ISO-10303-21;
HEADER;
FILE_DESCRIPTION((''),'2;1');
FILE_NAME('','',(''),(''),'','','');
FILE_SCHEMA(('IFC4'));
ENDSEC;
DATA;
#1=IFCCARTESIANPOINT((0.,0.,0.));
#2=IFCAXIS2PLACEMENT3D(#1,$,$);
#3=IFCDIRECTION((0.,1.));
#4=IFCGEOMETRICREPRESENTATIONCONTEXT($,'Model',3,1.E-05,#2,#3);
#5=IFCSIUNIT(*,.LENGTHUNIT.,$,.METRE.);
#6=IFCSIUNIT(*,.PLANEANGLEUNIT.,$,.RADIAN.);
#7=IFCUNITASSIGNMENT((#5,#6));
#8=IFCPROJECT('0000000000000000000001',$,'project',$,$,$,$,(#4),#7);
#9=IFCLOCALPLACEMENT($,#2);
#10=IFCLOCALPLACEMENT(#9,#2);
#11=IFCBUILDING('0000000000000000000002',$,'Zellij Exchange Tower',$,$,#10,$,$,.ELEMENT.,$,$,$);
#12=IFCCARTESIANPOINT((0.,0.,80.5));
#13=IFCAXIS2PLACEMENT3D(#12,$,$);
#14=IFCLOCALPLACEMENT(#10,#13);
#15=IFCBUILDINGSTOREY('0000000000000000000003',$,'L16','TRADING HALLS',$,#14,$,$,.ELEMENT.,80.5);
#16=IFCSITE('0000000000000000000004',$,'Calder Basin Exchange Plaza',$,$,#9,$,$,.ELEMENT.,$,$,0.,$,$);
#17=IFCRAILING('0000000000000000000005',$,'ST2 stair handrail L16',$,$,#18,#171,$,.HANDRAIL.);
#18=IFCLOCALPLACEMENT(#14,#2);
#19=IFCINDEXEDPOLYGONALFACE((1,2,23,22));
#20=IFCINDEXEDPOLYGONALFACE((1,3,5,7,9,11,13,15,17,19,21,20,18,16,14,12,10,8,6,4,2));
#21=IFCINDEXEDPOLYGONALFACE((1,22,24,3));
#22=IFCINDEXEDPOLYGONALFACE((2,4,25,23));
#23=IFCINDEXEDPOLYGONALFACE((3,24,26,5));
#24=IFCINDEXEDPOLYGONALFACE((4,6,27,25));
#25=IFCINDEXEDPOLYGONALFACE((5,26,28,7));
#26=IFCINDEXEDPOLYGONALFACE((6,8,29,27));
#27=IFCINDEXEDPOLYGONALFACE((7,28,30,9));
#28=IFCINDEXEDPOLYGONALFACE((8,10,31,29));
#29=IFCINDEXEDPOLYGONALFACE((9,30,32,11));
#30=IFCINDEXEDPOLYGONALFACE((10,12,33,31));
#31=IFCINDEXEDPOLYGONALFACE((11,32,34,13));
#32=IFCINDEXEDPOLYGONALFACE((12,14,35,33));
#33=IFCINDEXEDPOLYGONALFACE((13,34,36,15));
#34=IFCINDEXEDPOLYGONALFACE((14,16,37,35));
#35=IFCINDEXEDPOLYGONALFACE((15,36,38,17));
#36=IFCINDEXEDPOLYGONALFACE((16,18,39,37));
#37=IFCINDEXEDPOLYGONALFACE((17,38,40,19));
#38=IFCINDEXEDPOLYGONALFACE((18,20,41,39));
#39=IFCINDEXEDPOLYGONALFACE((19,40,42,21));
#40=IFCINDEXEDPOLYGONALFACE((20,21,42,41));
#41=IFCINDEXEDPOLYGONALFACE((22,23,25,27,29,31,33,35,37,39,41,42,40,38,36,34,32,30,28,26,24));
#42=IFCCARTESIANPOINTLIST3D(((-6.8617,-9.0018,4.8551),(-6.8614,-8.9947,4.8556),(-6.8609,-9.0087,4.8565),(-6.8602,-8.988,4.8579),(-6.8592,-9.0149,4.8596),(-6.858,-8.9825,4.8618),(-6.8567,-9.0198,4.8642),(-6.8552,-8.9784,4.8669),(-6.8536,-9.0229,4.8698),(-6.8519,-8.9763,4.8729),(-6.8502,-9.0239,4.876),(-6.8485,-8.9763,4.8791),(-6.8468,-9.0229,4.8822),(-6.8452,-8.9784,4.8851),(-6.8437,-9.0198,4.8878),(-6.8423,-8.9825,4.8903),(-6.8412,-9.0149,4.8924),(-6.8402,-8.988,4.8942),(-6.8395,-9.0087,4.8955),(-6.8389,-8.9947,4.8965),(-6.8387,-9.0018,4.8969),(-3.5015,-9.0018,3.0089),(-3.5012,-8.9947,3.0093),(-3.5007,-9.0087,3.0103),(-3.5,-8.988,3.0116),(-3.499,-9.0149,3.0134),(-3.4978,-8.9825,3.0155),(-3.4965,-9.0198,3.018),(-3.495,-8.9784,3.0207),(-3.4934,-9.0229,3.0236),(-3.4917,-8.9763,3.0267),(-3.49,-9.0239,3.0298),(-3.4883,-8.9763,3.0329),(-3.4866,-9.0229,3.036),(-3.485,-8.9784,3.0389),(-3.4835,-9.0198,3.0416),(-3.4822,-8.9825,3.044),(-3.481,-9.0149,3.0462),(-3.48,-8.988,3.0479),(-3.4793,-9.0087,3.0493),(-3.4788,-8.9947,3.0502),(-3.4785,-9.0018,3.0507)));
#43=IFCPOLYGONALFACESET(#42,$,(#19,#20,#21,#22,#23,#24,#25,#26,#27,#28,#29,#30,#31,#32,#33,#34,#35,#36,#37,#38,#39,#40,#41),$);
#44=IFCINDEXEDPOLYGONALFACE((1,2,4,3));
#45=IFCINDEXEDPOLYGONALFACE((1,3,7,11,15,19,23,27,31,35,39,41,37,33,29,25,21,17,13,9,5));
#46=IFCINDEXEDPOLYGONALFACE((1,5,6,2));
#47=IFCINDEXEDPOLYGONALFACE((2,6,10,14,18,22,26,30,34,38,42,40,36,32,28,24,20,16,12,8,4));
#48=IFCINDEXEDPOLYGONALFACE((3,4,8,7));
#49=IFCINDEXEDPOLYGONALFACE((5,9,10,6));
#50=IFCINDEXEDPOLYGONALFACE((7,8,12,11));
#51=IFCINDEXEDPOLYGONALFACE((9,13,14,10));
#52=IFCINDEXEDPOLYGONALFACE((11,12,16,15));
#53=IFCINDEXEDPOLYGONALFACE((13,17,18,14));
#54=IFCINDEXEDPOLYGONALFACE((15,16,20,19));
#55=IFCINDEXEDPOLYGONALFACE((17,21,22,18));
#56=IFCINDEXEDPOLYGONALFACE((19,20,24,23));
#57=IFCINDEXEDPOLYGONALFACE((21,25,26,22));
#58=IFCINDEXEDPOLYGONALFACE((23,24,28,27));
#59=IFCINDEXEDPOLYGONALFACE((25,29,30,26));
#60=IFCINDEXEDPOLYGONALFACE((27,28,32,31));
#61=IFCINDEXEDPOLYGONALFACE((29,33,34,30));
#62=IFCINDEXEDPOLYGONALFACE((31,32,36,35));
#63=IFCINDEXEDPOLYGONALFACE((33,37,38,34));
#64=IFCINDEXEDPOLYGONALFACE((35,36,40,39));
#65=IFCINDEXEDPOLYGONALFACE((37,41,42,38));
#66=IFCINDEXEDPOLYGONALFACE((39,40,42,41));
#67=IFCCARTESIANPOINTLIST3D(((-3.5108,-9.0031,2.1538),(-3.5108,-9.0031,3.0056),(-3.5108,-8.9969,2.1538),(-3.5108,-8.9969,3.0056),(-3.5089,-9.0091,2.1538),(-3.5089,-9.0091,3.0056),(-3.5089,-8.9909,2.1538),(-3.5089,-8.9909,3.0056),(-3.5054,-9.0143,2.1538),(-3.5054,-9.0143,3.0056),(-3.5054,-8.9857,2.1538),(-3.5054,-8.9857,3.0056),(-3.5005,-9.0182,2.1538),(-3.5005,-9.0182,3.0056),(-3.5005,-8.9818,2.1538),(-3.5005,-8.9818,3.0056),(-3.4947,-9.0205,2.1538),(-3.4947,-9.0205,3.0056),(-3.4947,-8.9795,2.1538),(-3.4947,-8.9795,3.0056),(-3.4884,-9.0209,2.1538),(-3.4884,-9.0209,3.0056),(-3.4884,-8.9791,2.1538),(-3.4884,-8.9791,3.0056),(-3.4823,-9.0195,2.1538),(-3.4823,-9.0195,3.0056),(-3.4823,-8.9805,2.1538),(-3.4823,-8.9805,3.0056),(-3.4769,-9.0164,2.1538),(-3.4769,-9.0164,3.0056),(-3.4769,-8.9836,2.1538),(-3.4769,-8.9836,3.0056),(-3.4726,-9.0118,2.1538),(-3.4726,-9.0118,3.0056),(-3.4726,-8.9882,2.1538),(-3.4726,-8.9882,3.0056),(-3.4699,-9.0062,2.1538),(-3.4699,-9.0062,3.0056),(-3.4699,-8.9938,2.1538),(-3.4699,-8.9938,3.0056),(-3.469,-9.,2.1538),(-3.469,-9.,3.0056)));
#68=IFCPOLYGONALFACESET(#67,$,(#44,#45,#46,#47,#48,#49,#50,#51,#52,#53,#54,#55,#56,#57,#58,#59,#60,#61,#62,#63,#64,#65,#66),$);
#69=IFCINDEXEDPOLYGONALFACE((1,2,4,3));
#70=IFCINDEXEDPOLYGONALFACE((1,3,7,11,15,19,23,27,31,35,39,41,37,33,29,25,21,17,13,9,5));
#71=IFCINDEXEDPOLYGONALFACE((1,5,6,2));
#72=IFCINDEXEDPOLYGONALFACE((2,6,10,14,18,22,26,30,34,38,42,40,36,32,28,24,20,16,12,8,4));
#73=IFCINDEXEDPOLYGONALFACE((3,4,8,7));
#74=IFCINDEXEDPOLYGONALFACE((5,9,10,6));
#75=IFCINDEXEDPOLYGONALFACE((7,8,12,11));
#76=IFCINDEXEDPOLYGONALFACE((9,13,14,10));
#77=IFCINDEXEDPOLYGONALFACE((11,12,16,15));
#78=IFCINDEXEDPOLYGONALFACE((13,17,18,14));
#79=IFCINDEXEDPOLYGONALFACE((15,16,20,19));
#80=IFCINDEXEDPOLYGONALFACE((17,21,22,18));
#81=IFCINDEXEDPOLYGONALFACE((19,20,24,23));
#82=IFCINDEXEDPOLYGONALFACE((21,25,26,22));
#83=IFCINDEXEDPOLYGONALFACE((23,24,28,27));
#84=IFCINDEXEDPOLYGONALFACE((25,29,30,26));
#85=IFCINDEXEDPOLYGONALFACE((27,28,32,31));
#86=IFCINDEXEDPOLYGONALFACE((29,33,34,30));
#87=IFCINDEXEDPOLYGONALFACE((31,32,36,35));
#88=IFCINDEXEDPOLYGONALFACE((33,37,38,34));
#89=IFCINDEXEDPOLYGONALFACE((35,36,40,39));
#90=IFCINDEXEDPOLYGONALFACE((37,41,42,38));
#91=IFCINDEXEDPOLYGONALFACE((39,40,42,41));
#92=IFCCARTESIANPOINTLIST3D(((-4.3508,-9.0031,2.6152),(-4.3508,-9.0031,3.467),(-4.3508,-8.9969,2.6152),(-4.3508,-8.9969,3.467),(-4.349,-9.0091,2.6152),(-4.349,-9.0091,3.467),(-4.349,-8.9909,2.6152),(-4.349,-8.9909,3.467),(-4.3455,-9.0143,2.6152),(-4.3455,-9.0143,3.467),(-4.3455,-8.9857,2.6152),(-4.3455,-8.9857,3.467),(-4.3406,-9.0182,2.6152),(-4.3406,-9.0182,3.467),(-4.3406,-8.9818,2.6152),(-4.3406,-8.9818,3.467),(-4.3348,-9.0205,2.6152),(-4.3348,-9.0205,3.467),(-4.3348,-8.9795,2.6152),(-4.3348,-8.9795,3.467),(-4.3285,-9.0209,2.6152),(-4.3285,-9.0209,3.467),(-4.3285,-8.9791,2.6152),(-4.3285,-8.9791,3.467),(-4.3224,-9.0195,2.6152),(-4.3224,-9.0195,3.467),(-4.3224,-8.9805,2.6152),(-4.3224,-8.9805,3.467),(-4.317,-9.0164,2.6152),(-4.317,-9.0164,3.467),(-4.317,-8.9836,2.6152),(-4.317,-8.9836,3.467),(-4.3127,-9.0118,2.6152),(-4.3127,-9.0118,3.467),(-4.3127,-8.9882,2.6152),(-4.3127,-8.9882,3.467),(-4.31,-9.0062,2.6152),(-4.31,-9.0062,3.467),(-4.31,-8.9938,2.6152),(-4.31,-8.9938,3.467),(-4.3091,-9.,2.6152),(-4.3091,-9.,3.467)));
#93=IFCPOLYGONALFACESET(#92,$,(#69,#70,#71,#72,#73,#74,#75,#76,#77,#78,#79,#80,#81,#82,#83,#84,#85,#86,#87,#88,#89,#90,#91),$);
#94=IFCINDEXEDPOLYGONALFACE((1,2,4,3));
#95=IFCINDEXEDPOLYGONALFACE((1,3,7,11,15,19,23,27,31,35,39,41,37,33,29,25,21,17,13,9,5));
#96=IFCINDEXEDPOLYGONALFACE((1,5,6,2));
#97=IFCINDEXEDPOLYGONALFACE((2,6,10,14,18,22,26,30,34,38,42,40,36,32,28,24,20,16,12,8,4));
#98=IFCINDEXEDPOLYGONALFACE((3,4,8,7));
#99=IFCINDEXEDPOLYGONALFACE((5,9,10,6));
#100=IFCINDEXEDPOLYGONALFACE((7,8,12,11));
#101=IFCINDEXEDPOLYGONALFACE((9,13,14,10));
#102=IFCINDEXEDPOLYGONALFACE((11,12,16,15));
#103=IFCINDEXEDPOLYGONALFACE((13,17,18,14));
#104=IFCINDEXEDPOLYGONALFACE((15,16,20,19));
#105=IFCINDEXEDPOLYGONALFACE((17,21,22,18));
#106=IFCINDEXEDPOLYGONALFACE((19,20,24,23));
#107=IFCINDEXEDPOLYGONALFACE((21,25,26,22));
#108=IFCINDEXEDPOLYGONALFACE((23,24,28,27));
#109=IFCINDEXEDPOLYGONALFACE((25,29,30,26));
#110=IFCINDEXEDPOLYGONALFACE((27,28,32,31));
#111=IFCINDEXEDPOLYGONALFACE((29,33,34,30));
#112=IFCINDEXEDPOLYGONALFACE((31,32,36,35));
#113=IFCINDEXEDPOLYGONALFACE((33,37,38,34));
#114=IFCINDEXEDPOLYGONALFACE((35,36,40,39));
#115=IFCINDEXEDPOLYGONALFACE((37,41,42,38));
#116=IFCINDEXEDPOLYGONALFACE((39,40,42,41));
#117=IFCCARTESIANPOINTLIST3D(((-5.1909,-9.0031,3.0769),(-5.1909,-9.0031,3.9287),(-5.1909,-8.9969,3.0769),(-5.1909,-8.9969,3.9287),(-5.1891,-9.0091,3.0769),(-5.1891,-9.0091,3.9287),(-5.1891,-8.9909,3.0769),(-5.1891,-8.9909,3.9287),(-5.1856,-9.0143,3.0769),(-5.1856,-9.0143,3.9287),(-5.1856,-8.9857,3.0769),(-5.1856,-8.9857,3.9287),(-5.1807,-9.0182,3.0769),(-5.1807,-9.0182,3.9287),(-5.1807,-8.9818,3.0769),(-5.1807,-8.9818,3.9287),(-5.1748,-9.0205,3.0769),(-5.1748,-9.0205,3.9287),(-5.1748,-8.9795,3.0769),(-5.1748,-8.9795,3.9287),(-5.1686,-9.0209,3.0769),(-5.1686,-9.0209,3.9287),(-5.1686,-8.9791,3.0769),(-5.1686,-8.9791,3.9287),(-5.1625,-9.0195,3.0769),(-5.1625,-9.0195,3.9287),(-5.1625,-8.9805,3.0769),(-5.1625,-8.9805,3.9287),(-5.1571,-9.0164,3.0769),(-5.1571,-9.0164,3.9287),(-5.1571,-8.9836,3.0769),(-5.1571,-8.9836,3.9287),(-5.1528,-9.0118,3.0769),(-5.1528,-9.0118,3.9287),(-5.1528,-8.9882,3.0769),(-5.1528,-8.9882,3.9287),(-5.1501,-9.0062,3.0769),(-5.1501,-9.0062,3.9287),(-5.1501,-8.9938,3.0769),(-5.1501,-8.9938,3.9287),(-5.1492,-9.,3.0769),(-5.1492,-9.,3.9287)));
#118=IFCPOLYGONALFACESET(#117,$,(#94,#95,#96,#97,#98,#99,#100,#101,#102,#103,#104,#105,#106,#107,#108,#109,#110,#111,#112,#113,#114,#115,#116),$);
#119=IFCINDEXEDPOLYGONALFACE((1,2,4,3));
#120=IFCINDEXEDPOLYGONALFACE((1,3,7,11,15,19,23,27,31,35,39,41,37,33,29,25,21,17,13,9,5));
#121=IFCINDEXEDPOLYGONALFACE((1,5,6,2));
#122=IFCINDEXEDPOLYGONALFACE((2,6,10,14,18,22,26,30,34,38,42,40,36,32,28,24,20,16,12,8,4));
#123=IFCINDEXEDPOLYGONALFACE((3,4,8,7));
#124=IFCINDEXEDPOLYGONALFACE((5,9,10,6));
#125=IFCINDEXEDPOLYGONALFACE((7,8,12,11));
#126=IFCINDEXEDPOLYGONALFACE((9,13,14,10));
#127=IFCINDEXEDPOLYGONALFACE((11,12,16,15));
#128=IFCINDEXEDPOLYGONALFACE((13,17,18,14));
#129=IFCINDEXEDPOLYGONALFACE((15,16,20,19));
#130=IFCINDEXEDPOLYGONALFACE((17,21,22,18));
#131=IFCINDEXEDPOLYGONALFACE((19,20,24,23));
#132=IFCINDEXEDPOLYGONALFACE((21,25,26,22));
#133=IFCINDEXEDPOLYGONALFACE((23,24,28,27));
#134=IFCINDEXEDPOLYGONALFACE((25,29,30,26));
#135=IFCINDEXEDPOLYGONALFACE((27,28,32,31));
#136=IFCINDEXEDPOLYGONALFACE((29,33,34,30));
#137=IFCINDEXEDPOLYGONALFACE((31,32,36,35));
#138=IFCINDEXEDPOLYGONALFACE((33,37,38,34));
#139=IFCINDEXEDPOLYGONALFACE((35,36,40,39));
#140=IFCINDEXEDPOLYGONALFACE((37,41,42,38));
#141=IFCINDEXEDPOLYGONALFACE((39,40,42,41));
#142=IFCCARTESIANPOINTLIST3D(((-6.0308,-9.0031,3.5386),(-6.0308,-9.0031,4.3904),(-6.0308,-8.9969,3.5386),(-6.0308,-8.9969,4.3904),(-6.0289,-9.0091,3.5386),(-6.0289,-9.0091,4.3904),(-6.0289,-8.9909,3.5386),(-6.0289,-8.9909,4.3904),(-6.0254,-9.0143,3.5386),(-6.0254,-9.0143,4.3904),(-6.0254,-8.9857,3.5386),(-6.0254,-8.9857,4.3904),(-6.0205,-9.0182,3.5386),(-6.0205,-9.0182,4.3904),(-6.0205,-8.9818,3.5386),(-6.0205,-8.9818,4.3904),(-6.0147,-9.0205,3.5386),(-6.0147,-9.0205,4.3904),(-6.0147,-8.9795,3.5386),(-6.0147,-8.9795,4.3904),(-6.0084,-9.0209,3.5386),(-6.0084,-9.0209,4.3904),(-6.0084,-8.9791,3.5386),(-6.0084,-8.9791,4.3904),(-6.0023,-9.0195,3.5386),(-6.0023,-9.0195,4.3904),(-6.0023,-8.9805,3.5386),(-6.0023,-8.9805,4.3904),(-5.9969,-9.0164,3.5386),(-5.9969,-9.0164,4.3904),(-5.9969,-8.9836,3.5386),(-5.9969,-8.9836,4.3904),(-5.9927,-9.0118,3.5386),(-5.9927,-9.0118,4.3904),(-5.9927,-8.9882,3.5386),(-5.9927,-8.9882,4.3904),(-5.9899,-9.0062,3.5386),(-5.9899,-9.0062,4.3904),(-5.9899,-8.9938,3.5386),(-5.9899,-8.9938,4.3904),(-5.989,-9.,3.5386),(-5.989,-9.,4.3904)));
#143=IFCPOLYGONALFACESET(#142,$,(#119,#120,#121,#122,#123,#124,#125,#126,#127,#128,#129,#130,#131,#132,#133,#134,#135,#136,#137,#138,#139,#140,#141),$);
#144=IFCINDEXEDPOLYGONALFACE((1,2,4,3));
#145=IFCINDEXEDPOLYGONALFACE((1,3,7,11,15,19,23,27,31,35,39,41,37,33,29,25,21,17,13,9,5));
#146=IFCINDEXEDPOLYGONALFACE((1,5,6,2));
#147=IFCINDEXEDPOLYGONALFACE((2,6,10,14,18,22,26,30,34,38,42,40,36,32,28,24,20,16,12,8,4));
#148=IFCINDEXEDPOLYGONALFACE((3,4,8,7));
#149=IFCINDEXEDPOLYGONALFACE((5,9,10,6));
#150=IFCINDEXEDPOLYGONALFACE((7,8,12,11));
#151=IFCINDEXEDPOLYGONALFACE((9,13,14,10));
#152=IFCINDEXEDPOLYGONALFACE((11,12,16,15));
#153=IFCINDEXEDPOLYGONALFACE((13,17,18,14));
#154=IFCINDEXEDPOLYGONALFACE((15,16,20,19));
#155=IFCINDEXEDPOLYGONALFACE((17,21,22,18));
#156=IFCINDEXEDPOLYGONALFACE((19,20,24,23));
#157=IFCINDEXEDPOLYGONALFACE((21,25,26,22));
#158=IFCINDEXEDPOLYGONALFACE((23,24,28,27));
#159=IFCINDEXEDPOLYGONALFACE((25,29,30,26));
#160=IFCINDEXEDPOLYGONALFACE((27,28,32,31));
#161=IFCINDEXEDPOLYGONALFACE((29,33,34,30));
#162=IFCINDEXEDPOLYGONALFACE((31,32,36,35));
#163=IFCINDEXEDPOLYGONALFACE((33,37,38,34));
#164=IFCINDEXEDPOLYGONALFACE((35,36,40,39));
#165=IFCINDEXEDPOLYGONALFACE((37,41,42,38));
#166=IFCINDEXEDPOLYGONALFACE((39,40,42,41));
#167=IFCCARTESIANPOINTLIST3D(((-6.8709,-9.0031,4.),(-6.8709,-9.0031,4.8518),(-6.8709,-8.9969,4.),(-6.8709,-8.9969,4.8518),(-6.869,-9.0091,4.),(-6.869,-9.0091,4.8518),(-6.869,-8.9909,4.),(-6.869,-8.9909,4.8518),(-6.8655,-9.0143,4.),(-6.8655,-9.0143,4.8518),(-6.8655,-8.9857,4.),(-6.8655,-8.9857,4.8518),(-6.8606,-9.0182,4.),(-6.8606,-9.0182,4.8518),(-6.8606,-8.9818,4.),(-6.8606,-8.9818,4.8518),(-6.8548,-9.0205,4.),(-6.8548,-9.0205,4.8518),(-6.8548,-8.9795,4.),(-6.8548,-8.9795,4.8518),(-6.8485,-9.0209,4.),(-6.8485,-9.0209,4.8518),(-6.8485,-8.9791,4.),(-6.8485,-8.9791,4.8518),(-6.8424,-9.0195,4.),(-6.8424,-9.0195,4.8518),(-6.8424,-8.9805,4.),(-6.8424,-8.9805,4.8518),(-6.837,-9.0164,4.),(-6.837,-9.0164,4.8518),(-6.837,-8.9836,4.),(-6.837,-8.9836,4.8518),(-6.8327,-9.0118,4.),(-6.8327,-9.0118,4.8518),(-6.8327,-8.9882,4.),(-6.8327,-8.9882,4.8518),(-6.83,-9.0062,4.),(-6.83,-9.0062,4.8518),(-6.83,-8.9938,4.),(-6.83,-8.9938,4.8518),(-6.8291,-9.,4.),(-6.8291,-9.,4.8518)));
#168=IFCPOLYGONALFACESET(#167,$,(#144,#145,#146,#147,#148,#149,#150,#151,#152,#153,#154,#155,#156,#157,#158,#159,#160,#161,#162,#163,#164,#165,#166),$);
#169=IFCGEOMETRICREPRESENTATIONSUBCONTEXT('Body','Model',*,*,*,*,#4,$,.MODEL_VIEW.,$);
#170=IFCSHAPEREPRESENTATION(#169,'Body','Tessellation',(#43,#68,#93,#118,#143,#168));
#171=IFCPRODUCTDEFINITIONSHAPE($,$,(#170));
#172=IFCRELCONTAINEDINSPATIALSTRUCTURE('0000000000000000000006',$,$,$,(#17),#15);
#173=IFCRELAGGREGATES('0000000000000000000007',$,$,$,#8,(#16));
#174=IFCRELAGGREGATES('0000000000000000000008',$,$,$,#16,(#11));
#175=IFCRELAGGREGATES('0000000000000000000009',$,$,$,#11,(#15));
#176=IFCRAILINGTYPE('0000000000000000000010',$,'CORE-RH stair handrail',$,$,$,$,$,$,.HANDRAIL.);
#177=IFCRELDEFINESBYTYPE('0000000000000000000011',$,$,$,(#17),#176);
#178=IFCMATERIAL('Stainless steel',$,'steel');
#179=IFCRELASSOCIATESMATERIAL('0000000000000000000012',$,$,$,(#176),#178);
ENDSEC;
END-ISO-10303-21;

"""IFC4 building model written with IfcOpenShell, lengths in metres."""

from ifc_helpers import new_model, si_unit, direction, frame, origin, origin_2d, place, context, subcontext, project, spatial, circle, extrude, material, type_object, element, save


model = new_model("IFC4")

# Units and contexts
model_context = context("Model", 3, precision=1e-05, world=origin(), true_north=direction((0.0, 1.0)))
body_context = subcontext(model_context, "Body", "Model", "MODEL_VIEW")
ifc_project = project(units=[si_unit("LENGTHUNIT", "METRE"), si_unit("PLANEANGLEUNIT", "RADIAN")], contexts=[model_context])

# Site, building, storey
site_placement = place(None, origin())
site = spatial("IfcSite", under=ifc_project, at=site_placement, Name="Calder Basin Exchange Plaza", CompositionType="ELEMENT", RefElevation=0.0)
building_placement = place(site_placement, origin())
building = spatial("IfcBuilding", under=site, at=building_placement, Name="Zellij Exchange Tower", CompositionType="ELEMENT")
storey_placement = place(building_placement, frame((0.0, 0.0, 80.5)))
storey = spatial("IfcBuildingStorey", under=building, at=storey_placement, Name="L16", Description="TRADING HALLS", CompositionType="ELEMENT", Elevation=80.5)

# Railing
ifc_material_1 = material(Name="Stainless steel", Category="steel")
railing_type_1 = type_object("IfcRailingType", Name="CORE-RH stair handrail", PredefinedType="HANDRAIL", material=ifc_material_1)
railing_1_placement = place(storey_placement, frame((-3.49, -9.0, 2.1538)))
element("IfcRailing", 1, at=railing_1_placement, inside=storey, type_object=railing_type_1, Name="ST2 stair handrail L16", PredefinedType="HANDRAIL", context=body_context, shape_type="SweptSolid", body=[
    extrude(circle(Radius=0.0239, at=origin_2d()), frame((0.0, 0.0, 0.876), z_axis=(-0.876422, 0.0, 0.481545), x_axis=(0.0, -1.0, 0.0)), (0.0, 0.0, 1.0), 3.834),
    extrude(circle(Radius=0.021, at=origin_2d()), origin(), (0.0, 0.0, 1.0), 0.8518),
    extrude(circle(Radius=0.021, at=origin_2d()), frame((-0.8401, 0.0, 0.4614)), (0.0, 0.0, 1.0), 0.8518),
    extrude(circle(Radius=0.021, at=origin_2d()), frame((-1.6802, 0.0, 0.9231)), (0.0, 0.0, 1.0), 0.8518),
    extrude(circle(Radius=0.021, at=origin_2d()), frame((-2.52, 0.0, 1.3848)), (0.0, 0.0, 1.0), 0.8518),
    extrude(circle(Radius=0.021, at=origin_2d()), frame((-3.3601, 0.0, 1.8462)), (0.0, 0.0, 1.0), 0.8518),
])

save(model, "model.ifc")
